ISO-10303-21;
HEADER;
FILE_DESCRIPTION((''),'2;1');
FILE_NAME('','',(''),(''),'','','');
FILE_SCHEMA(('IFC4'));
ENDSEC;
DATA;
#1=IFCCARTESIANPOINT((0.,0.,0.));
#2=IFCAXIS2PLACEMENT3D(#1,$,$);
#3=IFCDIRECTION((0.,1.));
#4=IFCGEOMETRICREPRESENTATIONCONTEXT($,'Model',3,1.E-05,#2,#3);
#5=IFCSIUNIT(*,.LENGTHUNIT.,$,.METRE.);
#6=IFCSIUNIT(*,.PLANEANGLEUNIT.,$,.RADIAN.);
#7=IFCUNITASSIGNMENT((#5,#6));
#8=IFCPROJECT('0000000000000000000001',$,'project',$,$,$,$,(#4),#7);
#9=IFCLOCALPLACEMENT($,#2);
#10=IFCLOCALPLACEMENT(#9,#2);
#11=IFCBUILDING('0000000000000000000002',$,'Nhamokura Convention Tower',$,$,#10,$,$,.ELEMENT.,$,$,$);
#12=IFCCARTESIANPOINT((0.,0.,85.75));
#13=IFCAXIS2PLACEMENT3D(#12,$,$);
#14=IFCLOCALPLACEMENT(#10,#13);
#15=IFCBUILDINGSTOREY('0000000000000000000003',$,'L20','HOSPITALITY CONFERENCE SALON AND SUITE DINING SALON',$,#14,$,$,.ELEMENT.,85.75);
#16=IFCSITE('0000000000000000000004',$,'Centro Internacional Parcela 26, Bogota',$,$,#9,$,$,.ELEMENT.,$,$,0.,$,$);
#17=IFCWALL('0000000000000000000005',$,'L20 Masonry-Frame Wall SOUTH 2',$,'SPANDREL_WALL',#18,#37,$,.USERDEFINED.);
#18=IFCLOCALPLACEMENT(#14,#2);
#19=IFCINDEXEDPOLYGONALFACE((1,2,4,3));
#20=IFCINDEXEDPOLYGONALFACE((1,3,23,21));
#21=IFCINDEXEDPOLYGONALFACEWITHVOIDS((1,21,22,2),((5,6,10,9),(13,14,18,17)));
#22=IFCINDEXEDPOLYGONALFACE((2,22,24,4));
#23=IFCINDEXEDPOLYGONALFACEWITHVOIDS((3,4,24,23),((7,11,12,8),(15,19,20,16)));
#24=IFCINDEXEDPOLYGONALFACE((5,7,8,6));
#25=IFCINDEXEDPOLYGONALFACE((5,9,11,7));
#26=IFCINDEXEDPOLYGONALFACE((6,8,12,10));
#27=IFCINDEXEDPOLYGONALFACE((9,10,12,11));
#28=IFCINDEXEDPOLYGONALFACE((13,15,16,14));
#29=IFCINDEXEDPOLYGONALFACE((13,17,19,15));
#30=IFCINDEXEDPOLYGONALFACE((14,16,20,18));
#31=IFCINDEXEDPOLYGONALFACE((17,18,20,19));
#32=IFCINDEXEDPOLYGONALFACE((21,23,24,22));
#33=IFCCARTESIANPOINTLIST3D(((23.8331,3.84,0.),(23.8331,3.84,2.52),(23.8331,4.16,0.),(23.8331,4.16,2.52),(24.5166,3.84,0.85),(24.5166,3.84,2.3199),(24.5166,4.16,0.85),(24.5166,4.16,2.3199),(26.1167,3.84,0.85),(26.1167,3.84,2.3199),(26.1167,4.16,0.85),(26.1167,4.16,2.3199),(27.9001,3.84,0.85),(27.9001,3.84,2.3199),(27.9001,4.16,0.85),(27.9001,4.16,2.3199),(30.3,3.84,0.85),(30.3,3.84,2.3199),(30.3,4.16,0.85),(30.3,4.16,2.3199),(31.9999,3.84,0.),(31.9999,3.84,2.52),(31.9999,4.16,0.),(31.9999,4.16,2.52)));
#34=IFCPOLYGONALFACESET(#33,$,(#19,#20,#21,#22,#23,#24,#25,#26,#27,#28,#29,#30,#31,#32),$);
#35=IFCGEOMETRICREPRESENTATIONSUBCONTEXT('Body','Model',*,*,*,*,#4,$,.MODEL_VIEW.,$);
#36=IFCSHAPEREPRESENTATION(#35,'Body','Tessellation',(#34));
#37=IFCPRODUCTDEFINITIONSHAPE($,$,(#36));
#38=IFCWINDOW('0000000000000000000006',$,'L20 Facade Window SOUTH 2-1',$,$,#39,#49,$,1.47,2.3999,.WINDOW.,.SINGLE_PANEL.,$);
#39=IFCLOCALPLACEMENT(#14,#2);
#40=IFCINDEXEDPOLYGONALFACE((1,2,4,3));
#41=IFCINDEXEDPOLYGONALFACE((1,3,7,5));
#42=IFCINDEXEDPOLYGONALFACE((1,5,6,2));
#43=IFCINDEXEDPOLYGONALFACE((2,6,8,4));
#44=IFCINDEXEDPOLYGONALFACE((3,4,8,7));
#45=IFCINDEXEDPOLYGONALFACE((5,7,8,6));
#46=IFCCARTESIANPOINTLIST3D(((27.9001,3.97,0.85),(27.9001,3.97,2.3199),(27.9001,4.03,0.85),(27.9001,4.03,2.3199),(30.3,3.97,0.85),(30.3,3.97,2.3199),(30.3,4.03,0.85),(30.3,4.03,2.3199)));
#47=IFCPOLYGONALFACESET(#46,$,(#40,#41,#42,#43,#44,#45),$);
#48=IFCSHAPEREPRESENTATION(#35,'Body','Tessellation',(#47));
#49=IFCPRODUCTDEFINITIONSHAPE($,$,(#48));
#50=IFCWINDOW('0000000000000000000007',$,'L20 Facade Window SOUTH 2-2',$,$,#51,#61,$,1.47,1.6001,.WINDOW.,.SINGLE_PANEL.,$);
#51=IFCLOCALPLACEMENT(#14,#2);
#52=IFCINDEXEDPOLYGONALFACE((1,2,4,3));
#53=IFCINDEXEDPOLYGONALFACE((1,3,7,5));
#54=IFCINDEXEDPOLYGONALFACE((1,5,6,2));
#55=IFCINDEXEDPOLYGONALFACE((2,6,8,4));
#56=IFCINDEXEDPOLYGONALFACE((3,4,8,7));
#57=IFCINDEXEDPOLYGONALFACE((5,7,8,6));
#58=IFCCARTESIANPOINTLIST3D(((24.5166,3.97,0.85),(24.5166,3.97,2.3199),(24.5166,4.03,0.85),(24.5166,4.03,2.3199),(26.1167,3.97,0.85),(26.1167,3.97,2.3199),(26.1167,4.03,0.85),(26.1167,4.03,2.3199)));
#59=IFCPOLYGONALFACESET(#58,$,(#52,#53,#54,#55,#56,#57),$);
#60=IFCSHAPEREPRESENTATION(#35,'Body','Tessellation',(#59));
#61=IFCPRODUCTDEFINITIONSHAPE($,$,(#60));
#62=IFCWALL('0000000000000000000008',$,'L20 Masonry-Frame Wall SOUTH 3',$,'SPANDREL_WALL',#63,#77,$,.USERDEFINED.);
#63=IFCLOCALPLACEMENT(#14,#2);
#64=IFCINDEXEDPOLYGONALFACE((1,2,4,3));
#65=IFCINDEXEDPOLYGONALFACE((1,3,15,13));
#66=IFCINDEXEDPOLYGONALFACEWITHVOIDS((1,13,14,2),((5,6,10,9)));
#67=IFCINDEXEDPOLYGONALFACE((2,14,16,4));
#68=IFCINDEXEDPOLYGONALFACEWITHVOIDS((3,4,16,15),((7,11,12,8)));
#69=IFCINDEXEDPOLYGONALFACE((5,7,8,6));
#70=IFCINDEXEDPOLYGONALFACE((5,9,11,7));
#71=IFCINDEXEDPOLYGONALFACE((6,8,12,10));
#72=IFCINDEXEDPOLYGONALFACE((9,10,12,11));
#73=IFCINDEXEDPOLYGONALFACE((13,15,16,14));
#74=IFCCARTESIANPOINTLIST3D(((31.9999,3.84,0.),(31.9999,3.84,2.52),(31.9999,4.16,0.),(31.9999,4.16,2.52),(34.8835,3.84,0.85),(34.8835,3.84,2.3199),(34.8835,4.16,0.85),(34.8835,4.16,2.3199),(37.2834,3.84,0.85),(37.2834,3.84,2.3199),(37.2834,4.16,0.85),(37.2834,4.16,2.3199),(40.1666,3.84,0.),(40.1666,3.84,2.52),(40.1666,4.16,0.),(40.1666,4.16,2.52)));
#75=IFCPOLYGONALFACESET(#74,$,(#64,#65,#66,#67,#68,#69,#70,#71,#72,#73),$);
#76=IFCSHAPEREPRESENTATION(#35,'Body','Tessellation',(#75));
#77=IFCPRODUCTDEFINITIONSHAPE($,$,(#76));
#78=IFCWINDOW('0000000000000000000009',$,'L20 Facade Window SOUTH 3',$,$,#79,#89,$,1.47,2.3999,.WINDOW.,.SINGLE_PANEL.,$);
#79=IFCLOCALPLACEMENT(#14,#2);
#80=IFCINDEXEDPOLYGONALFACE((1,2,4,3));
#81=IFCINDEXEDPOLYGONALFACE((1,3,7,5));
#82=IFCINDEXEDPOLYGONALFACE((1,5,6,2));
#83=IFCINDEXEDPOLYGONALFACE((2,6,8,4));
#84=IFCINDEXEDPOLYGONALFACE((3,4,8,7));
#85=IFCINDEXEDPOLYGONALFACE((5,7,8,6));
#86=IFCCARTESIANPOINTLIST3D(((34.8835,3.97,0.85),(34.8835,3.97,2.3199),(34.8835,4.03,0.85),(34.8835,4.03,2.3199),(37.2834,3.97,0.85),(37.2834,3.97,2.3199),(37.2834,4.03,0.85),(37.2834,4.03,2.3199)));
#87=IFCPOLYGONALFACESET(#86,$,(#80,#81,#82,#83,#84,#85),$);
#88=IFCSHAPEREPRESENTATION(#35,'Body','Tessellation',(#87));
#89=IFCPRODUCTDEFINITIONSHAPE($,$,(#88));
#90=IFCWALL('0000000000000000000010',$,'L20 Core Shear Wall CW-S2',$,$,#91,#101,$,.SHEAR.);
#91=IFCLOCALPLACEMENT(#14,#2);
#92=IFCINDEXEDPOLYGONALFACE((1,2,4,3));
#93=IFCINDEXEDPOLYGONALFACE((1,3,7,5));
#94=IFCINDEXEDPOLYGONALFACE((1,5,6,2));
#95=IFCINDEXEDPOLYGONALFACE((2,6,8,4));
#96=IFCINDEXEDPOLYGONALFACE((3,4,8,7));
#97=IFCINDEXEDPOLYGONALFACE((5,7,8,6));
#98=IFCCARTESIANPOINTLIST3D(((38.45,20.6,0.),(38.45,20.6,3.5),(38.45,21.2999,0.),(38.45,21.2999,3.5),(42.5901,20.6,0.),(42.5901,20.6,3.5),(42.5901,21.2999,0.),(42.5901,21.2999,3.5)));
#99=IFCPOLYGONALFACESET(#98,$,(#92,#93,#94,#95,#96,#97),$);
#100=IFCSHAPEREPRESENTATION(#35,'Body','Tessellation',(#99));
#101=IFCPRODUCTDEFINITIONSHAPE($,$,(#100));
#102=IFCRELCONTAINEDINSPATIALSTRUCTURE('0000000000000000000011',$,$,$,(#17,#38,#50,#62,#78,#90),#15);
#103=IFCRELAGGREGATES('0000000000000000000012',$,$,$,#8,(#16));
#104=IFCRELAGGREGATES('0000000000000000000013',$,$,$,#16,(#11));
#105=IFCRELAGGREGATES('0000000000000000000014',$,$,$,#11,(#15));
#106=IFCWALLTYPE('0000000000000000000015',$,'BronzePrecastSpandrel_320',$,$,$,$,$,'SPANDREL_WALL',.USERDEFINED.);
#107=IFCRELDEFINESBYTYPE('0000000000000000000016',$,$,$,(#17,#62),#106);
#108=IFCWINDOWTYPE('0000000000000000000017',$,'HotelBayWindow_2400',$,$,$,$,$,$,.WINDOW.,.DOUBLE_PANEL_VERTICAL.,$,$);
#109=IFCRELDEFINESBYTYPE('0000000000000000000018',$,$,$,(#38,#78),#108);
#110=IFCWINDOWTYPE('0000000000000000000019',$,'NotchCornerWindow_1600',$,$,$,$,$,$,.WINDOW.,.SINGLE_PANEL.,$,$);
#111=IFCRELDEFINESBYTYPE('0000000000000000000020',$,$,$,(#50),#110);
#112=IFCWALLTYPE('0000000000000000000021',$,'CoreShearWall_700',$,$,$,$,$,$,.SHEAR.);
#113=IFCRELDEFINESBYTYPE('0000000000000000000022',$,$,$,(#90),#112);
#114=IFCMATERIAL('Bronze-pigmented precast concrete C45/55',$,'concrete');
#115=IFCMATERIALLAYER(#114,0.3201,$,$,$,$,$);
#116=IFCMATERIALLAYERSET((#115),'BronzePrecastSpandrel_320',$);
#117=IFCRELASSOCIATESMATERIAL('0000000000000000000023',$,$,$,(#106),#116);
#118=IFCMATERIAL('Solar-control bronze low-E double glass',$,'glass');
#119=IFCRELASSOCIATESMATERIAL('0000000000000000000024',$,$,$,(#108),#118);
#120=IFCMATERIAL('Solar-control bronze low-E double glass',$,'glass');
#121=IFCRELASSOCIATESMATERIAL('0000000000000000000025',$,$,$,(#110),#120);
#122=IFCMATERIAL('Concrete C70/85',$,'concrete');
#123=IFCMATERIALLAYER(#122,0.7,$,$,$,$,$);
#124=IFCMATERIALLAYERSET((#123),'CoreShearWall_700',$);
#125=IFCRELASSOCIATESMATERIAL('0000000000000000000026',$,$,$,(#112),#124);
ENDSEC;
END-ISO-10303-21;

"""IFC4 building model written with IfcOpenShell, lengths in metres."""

from ifc_helpers import new_model, si_unit, direction, frame, frame_2d, origin, place, context, subcontext, project, spatial, rectangle, extrude, material, layer, layer_set, type_object, element, fill, save


model = new_model("IFC4")

# Units and contexts
model_context = context("Model", 3, precision=1e-05, world=origin(), true_north=direction((0.0, 1.0)))
body_context = subcontext(model_context, "Body", "Model", "MODEL_VIEW")
ifc_project = project(units=[si_unit("LENGTHUNIT", "METRE"), si_unit("PLANEANGLEUNIT", "RADIAN")], contexts=[model_context])

# Site, building, storey
site_placement = place(None, origin())
site = spatial("IfcSite", under=ifc_project, at=site_placement, Name="Centro Internacional Parcela 26, Bogota", CompositionType="ELEMENT", RefElevation=0.0)
building_placement = place(site_placement, origin())
building = spatial("IfcBuilding", under=site, at=building_placement, Name="Nhamokura Convention Tower", CompositionType="ELEMENT")
storey_placement = place(building_placement, frame((0.0, 0.0, 85.75)))
storey = spatial("IfcBuildingStorey", under=building, at=storey_placement, Name="L20", Description="HOSPITALITY CONFERENCE SALON AND SUITE DINING SALON", CompositionType="ELEMENT", Elevation=85.75)

# Wall, openings, windows
ifc_material_1 = material(Name="Bronze-pigmented precast concrete C45/55", Category="concrete")
ifc_layer_1 = layer(ifc_material_1, 0.3201)
ifc_layer_set_1 = layer_set([ifc_layer_1], Name="BronzePrecastSpandrel_320")
wall_type_1 = type_object("IfcWallType", Name="BronzePrecastSpandrel_320", ElementType="SPANDREL_WALL", PredefinedType="USERDEFINED", material=ifc_layer_set_1)
wall_1_placement = place(storey_placement, frame((32.0, 4.0, 0.0), z_axis=(0.0, 0.0, 1.0), x_axis=(-1.0, 0.0, 0.0)))
wall_1 = element("IfcWall", 1, at=wall_1_placement, inside=storey, type_object=wall_type_1, Name="L20 Masonry-Frame Wall SOUTH 2", ObjectType="SPANDREL_WALL", PredefinedType="USERDEFINED", context=body_context, shape_type="SweptSolid", body=[
    extrude(rectangle(XDim=8.1667, YDim=0.3201, at=frame_2d((4.0835, 0.0))), origin(), (0.0, 0.0, 1.0), 2.52),
])
opening_1_placement = place(wall_1_placement, frame((1.7, 0.0, 0.8501)))
opening_1 = element("IfcOpeningElement", 2, at=opening_1_placement, cuts=wall_1, PredefinedType="OPENING", context=body_context, shape_type="SweptSolid", body=[
    extrude(rectangle(XDim=2.3999, YDim=1.47, at=frame_2d((1.2, 0.7349))), frame((0.0, 0.1699, 0.0), z_axis=(0.0, -1.0, 0.0), x_axis=(1.0, 0.0, 0.0)), (0.0, 0.0, 1.0), 0.3401),
])
opening_2_placement = place(wall_1_placement, frame((5.8833, 0.0, 0.8501)))
opening_2 = element("IfcOpeningElement", 3, at=opening_2_placement, cuts=wall_1, PredefinedType="OPENING", context=body_context, shape_type="SweptSolid", body=[
    extrude(rectangle(XDim=1.6001, YDim=1.47, at=frame_2d((0.8, 0.7349))), frame((0.0, 0.1699, 0.0), z_axis=(0.0, -1.0, 0.0), x_axis=(1.0, 0.0, 0.0)), (0.0, 0.0, 1.0), 0.3401),
])
ifc_material_2 = material(Name="Solar-control bronze low-E double glass", Category="glass")
window_type_1 = type_object("IfcWindowType", Name="HotelBayWindow_2400", PartitioningType="DOUBLE_PANEL_VERTICAL", PredefinedType="WINDOW", material=ifc_material_2)
window_1_placement = place(opening_1_placement, origin())
window_1 = element("IfcWindow", 4, at=window_1_placement, inside=storey, type_object=window_type_1, Name="L20 Facade Window SOUTH 2-1", OverallHeight=1.47, OverallWidth=2.3999, PartitioningType="SINGLE_PANEL", PredefinedType="WINDOW", context=body_context, shape_type="SweptSolid", body=[
    extrude(rectangle(XDim=2.3999, YDim=1.47, at=frame_2d((1.2, 0.7349))), frame((0.0, 0.03, 0.0), z_axis=(0.0, -1.0, 0.0), x_axis=(1.0, 0.0, 0.0)), (0.0, 0.0, 1.0), 0.0601),
])
fill(opening_1, window_1)
ifc_material_3 = material(Name="Solar-control bronze low-E double glass", Category="glass")
window_type_2 = type_object("IfcWindowType", Name="NotchCornerWindow_1600", PartitioningType="SINGLE_PANEL", PredefinedType="WINDOW", material=ifc_material_3)
window_2_placement = place(opening_2_placement, origin())
window_2 = element("IfcWindow", 5, at=window_2_placement, inside=storey, type_object=window_type_2, Name="L20 Facade Window SOUTH 2-2", OverallHeight=1.47, OverallWidth=1.6001, PartitioningType="SINGLE_PANEL", PredefinedType="WINDOW", context=body_context, shape_type="SweptSolid", body=[
    extrude(rectangle(XDim=1.6001, YDim=1.47, at=frame_2d((0.8, 0.7349))), frame((0.0, 0.03, 0.0), z_axis=(0.0, -1.0, 0.0), x_axis=(1.0, 0.0, 0.0)), (0.0, 0.0, 1.0), 0.0601),
])
fill(opening_2, window_2)

# Wall, opening, window
wall_2_placement = place(storey_placement, frame((40.1667, 4.0, 0.0), z_axis=(0.0, 0.0, 1.0), x_axis=(-1.0, 0.0, 0.0)))
wall_2 = element("IfcWall", 6, at=wall_2_placement, inside=storey, type_object=wall_type_1, Name="L20 Masonry-Frame Wall SOUTH 3", ObjectType="SPANDREL_WALL", PredefinedType="USERDEFINED", context=body_context, shape_type="SweptSolid", body=[
    extrude(rectangle(XDim=8.1667, YDim=0.3201, at=frame_2d((4.0835, 0.0))), origin(), (0.0, 0.0, 1.0), 2.52),
])
opening_3_placement = place(wall_2_placement, frame((2.8833, 0.0, 0.8501)))
opening_3 = element("IfcOpeningElement", 7, at=opening_3_placement, cuts=wall_2, PredefinedType="OPENING", context=body_context, shape_type="SweptSolid", body=[
    extrude(rectangle(XDim=2.3999, YDim=1.47, at=frame_2d((1.2, 0.7349))), frame((0.0, 0.1699, 0.0), z_axis=(0.0, -1.0, 0.0), x_axis=(1.0, 0.0, 0.0)), (0.0, 0.0, 1.0), 0.3401),
])
window_3_placement = place(opening_3_placement, origin())
window_3 = element("IfcWindow", 8, at=window_3_placement, inside=storey, type_object=window_type_1, Name="L20 Facade Window SOUTH 3", OverallHeight=1.47, OverallWidth=2.3999, PartitioningType="SINGLE_PANEL", PredefinedType="WINDOW", context=body_context, shape_type="SweptSolid", body=[
    extrude(rectangle(XDim=2.3999, YDim=1.47, at=frame_2d((1.2, 0.7349))), frame((0.0, 0.03, 0.0), z_axis=(0.0, -1.0, 0.0), x_axis=(1.0, 0.0, 0.0)), (0.0, 0.0, 1.0), 0.0601),
])
fill(opening_3, window_3)

# Shared definitions
ifc_material_4 = material(Name="Concrete C70/85", Category="concrete")
ifc_layer_2 = layer(ifc_material_4, 0.7)
ifc_layer_set_2 = layer_set([ifc_layer_2], Name="CoreShearWall_700")
wall_type_2 = type_object("IfcWallType", Name="CoreShearWall_700", PredefinedType="SHEAR", material=ifc_layer_set_2)

# Wall
wall_3_placement = place(storey_placement, frame((38.45, 20.95, 0.0), z_axis=(0.0, 0.0, 1.0), x_axis=(1.0, 0.0, 0.0)))
element("IfcWall", 9, at=wall_3_placement, inside=storey, type_object=wall_type_2, Name="L20 Core Shear Wall CW-S2", PredefinedType="SHEAR", context=body_context, shape_type="SweptSolid", body=[
    extrude(rectangle(XDim=4.1401, YDim=0.7, at=frame_2d((2.0701, 0.0))), origin(), (0.0, 0.0, 1.0), 3.5),
])

save(model, "model.ifc")
